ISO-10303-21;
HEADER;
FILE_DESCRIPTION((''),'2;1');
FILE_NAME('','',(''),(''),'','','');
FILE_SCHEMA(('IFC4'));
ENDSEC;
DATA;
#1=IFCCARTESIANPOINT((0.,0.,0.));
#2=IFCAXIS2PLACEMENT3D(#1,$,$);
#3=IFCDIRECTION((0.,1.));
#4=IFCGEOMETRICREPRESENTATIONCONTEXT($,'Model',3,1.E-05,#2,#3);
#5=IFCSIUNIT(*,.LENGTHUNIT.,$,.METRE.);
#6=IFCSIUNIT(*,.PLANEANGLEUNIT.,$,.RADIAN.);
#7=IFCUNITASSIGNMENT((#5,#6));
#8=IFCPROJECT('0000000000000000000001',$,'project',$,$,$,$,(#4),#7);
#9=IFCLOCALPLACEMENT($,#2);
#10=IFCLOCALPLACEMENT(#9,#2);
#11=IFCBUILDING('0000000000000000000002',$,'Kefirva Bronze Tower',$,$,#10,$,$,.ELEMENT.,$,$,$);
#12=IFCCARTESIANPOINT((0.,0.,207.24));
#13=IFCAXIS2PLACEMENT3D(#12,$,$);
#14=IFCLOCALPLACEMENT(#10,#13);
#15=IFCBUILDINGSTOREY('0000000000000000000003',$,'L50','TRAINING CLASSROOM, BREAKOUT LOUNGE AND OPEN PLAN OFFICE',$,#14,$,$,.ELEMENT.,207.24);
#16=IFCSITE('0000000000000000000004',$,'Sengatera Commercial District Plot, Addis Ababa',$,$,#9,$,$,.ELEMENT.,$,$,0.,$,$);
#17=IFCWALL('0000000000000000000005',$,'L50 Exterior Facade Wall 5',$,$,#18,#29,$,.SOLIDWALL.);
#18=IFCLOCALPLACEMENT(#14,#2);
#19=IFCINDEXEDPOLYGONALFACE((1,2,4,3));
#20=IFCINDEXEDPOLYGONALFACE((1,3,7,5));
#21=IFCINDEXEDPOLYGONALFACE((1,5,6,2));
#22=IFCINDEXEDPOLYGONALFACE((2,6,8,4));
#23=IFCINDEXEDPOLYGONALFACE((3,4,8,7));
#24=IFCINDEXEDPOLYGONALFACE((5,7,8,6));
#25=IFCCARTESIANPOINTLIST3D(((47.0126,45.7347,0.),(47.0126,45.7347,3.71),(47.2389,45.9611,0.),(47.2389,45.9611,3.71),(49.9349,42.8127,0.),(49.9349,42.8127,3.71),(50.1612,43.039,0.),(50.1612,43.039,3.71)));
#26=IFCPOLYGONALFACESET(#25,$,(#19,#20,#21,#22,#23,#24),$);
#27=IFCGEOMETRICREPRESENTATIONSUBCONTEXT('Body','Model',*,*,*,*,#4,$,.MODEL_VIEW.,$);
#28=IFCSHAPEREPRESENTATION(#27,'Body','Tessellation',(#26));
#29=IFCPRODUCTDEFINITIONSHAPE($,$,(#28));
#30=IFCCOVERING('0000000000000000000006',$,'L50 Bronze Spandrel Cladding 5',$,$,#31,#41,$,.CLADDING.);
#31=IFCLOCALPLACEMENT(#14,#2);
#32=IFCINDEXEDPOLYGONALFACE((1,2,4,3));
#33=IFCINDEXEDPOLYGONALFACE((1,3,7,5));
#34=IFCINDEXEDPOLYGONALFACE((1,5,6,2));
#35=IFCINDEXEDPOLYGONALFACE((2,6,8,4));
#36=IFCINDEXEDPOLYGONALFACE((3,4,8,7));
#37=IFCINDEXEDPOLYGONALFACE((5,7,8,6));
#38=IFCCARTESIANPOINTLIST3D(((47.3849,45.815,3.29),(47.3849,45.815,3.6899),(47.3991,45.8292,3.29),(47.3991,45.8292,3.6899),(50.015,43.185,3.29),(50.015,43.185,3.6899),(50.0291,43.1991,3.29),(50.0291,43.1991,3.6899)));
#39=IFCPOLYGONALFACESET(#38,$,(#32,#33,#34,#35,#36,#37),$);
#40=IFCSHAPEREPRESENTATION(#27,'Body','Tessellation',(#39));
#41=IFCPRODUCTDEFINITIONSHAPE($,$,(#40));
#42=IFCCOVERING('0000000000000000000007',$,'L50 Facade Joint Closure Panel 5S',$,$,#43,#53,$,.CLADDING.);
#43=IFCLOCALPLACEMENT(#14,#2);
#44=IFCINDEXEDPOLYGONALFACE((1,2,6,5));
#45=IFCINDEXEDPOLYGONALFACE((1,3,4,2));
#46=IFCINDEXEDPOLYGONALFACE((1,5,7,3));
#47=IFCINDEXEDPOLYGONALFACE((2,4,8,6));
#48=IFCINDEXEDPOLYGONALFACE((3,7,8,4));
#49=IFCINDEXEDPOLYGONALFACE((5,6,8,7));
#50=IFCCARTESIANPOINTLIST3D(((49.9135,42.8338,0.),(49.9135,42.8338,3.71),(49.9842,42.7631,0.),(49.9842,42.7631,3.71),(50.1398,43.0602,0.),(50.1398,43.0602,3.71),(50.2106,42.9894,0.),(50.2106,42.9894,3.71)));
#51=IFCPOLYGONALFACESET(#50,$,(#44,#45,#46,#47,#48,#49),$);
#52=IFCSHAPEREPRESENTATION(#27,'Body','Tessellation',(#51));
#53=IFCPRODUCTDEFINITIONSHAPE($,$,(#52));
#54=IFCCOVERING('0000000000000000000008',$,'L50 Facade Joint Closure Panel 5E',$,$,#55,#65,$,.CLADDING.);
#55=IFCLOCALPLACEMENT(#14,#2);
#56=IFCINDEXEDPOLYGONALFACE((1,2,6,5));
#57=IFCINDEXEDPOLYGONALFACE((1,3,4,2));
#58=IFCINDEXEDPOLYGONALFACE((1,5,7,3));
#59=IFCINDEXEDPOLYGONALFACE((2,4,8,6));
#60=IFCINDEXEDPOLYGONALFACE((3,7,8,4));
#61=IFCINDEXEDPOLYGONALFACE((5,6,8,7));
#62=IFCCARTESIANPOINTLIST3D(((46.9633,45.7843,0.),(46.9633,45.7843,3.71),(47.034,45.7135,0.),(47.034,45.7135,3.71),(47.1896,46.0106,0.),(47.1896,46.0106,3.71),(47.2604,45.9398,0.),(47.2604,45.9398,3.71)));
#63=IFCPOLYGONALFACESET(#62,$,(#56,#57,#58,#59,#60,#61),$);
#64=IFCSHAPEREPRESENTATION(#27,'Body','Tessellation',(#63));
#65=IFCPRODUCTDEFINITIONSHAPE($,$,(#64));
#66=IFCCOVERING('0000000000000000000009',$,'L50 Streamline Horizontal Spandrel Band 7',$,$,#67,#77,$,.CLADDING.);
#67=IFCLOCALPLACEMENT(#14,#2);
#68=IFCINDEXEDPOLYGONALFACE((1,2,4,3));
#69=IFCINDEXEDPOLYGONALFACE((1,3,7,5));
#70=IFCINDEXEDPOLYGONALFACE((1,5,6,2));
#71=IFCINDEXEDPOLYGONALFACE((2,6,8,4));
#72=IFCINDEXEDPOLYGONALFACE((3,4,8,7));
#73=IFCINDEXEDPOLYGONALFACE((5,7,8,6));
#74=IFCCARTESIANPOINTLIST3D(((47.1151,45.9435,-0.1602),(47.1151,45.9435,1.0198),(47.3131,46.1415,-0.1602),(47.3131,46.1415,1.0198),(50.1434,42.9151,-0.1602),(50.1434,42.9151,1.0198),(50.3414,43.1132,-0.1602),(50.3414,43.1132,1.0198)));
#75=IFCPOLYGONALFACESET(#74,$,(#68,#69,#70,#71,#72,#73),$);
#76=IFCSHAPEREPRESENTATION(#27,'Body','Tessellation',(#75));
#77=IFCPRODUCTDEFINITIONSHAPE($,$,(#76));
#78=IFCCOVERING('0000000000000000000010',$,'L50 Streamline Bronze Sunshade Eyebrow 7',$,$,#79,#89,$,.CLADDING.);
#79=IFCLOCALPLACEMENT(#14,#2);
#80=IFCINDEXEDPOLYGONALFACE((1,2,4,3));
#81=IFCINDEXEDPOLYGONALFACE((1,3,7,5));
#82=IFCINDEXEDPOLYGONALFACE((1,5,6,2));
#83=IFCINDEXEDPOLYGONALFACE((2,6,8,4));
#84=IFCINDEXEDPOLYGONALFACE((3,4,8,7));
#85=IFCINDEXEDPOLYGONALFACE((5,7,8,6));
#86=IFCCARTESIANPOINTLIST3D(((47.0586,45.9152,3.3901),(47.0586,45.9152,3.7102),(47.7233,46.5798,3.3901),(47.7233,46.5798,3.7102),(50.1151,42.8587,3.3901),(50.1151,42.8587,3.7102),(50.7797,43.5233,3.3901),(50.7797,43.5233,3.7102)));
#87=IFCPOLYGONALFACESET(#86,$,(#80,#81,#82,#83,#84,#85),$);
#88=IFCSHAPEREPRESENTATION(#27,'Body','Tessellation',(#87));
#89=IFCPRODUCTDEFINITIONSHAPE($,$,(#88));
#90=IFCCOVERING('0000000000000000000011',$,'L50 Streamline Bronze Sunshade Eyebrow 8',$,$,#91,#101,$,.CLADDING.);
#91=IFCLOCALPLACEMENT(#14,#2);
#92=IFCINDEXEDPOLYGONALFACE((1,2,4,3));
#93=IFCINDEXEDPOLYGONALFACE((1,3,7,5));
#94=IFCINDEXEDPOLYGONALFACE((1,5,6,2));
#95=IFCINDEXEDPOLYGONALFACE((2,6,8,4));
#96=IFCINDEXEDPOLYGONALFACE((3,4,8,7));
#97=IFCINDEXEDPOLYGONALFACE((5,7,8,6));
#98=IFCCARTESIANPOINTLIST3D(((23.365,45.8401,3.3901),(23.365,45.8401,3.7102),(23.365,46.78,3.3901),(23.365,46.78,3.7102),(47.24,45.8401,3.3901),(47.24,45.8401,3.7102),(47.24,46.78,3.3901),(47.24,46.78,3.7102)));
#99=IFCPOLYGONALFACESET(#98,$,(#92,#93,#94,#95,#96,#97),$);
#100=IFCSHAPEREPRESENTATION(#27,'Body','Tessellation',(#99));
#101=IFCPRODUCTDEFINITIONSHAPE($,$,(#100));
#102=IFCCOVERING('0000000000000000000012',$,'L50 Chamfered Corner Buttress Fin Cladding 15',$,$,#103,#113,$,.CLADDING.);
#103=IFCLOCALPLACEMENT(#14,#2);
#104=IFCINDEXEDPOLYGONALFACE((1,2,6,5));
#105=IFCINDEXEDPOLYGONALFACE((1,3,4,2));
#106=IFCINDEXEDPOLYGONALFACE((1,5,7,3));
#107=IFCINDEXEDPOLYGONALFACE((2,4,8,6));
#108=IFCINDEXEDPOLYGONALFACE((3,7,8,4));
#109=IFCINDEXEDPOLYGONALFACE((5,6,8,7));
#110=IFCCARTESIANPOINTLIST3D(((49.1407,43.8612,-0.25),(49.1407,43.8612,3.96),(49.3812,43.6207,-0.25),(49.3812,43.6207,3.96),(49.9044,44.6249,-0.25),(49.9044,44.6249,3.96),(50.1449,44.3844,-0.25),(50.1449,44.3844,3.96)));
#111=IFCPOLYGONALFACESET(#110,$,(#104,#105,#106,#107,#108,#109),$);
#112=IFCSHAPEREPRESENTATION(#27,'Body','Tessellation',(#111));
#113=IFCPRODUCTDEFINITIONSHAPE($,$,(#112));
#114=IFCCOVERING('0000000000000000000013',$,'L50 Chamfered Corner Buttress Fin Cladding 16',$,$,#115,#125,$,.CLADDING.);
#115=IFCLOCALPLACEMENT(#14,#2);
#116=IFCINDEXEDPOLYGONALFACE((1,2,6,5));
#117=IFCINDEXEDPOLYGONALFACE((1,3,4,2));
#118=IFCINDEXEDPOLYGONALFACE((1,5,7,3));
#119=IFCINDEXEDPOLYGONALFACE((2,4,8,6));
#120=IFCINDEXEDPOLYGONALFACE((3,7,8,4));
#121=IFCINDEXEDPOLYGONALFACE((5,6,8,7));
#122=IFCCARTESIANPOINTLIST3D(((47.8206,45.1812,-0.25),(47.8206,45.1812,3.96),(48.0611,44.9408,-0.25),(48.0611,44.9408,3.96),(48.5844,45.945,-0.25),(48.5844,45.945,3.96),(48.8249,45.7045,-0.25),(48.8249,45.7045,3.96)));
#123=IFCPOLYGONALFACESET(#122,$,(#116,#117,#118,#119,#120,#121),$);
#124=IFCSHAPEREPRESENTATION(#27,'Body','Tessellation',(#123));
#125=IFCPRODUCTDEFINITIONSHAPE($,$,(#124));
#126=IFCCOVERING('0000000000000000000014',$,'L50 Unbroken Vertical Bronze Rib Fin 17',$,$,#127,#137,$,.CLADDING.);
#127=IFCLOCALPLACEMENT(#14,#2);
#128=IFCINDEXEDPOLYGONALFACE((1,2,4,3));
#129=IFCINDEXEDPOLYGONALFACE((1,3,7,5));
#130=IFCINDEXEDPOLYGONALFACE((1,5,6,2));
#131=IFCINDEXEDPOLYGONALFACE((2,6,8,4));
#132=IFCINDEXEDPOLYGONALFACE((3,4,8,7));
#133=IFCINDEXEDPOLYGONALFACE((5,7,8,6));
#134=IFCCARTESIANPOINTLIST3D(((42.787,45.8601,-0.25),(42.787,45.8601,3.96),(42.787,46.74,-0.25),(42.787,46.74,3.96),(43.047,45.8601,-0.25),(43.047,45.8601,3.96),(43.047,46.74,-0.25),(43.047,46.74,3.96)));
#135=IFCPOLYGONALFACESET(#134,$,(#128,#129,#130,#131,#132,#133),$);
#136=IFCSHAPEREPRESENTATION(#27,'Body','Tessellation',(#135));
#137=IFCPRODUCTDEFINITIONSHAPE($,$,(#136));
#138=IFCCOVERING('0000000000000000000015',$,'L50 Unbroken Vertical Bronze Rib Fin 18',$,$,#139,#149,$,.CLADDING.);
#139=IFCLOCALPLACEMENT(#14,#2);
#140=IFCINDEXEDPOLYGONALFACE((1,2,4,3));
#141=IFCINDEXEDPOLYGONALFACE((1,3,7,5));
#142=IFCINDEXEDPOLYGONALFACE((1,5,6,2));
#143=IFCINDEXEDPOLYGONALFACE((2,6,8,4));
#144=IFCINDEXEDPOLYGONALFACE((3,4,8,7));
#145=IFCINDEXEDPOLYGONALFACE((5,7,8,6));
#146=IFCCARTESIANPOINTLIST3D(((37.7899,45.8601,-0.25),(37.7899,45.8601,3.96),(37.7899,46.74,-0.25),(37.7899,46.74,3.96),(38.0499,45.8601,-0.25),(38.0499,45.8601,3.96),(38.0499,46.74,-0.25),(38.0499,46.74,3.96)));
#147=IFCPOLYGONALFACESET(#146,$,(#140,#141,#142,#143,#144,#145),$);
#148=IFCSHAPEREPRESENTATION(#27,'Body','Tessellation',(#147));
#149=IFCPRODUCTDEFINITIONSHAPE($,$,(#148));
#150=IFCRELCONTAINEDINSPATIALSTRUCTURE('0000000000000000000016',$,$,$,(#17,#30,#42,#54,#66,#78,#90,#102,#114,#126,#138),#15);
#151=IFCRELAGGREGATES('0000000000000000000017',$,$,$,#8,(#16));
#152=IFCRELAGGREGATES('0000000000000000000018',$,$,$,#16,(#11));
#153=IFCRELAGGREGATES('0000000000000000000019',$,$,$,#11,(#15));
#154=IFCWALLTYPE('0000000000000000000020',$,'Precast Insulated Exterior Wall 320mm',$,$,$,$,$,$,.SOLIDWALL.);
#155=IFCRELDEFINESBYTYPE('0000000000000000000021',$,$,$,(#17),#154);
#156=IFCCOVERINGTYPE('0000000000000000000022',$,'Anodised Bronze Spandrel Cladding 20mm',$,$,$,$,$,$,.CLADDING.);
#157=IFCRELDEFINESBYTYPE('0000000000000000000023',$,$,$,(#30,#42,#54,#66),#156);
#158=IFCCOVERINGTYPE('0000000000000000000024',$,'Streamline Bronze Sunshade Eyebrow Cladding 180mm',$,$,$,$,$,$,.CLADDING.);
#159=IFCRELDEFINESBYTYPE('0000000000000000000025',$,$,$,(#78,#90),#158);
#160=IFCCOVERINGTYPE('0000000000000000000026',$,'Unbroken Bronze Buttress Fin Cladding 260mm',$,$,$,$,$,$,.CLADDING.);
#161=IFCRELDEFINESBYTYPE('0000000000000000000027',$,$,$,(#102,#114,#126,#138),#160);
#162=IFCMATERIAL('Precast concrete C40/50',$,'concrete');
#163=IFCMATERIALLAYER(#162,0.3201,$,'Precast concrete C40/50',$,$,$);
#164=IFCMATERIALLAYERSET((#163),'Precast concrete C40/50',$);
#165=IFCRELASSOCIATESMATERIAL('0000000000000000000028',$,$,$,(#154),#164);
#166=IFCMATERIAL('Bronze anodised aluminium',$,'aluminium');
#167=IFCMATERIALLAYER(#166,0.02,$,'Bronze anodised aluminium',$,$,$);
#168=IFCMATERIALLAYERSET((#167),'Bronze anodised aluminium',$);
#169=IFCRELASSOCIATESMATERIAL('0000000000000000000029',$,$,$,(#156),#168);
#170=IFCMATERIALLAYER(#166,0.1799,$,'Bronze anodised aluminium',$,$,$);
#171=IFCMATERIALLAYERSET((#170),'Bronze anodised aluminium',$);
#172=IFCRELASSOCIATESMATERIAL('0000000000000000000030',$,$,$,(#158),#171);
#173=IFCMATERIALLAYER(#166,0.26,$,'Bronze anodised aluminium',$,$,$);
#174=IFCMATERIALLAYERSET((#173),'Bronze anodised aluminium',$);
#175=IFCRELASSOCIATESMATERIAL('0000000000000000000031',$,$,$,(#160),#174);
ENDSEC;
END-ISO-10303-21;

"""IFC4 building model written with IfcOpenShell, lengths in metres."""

from ifc_helpers import new_model, si_unit, direction, frame, frame_2d, origin, origin_2d, place, context, subcontext, project, spatial, rectangle, extrude, material, layer, layer_set, type_object, element, save


model = new_model("IFC4")

# Units and contexts
model_context = context("Model", 3, precision=1e-05, world=origin(), true_north=direction((0.0, 1.0)))
body_context = subcontext(model_context, "Body", "Model", "MODEL_VIEW")
ifc_project = project(units=[si_unit("LENGTHUNIT", "METRE"), si_unit("PLANEANGLEUNIT", "RADIAN")], contexts=[model_context])

# Site, building, storey
site_placement = place(None, origin())
site = spatial("IfcSite", under=ifc_project, at=site_placement, Name="Sengatera Commercial District Plot, Addis Ababa", CompositionType="ELEMENT", RefElevation=0.0)
building_placement = place(site_placement, origin())
building = spatial("IfcBuilding", under=site, at=building_placement, Name="Kefirva Bronze Tower", CompositionType="ELEMENT")
storey_placement = place(building_placement, frame((0.0, 0.0, 207.24)))
storey = spatial("IfcBuildingStorey", under=building, at=storey_placement, Name="L50", Description="TRAINING CLASSROOM, BREAKOUT LOUNGE AND OPEN PLAN OFFICE", CompositionType="ELEMENT", Elevation=207.24)

# Shared definitions
ifc_material_1 = material(Name="Bronze anodised aluminium", Category="aluminium")

# Wall
ifc_material_2 = material(Name="Precast concrete C40/50", Category="concrete")
ifc_layer_1 = layer(ifc_material_2, 0.3201, Name="Precast concrete C40/50")
ifc_layer_set_1 = layer_set([ifc_layer_1], Name="Precast concrete C40/50")
wall_type = type_object("IfcWallType", Name="Precast Insulated Exterior Wall 320mm", PredefinedType="SOLIDWALL", material=ifc_layer_set_1)
wall_placement = place(storey_placement, frame((50.0481, 42.9258, 0.0), z_axis=(0.0, 0.0, 1.0), x_axis=(-0.707136, 0.707077, 0.0)))
element("IfcWall", 1, at=wall_placement, inside=storey, type_object=wall_type, Name="L50 Exterior Facade Wall 5", PredefinedType="SOLIDWALL", context=body_context, shape_type="SweptSolid", body=[
    extrude(rectangle(XDim=4.1326, YDim=0.3201, at=frame_2d((2.0664, 0.0))), origin(), (0.0, 0.0, 1.0), 3.71),
])

# Coverings
ifc_layer_2 = layer(ifc_material_1, 0.02, Name="Bronze anodised aluminium")
ifc_layer_set_2 = layer_set([ifc_layer_2], Name="Bronze anodised aluminium")
covering_type_1 = type_object("IfcCoveringType", Name="Anodised Bronze Spandrel Cladding 20mm", PredefinedType="CLADDING", material=ifc_layer_set_2)
covering_1_placement = place(storey_placement, frame((48.707, 44.5071, 3.29), z_axis=(0.0, 0.0, 1.0), x_axis=(-0.707107, 0.707107, 0.0)))
element("IfcCovering", 2, at=covering_1_placement, inside=storey, type_object=covering_type_1, Name="L50 Bronze Spandrel Cladding 5", PredefinedType="CLADDING", context=body_context, shape_type="SweptSolid", body=[
    extrude(rectangle(XDim=3.7195, YDim=0.02, at=origin_2d()), origin(), (0.0, 0.0, 1.0), 0.3999),
])
for number, where, z_axis, x_axis, name in (
    (3, (50.062, 42.9116, 0.0), (0.0, 0.0, 1.0), (-0.707107, 0.707107, 0.0), "L50 Facade Joint Closure Panel 5S"),
    (4, (47.1118, 45.8621, 0.0), (0.0, 0.0, 1.0), (-0.707107, 0.707107, 0.0), "L50 Facade Joint Closure Panel 5E"),
):
    element("IfcCovering", number, at=place(storey_placement, frame(where, z_axis=z_axis, x_axis=x_axis)), inside=storey, type_object=covering_type_1, Name=name, PredefinedType="CLADDING", context=body_context, shape_type="SweptSolid", body=[
        extrude(rectangle(XDim=0.1001, YDim=0.3201, at=origin_2d()), origin(), (0.0, 0.0, 1.0), 3.71),
    ])
covering_2_placement = place(storey_placement, frame((48.7283, 44.5283, -0.1602), z_axis=(0.0, 0.0, 1.0), x_axis=(-0.707107, 0.707107, 0.0)))
element("IfcCovering", 5, at=covering_2_placement, inside=storey, type_object=covering_type_1, Name="L50 Streamline Horizontal Spandrel Band 7", PredefinedType="CLADDING", context=body_context, shape_type="SweptSolid", body=[
    extrude(rectangle(XDim=4.2827, YDim=0.28, at=origin_2d()), origin(), (0.0, 0.0, 1.0), 1.1799),
])
ifc_layer_3 = layer(ifc_material_1, 0.1799, Name="Bronze anodised aluminium")
ifc_layer_set_3 = layer_set([ifc_layer_3], Name="Bronze anodised aluminium")
covering_type_2 = type_object("IfcCoveringType", Name="Streamline Bronze Sunshade Eyebrow Cladding 180mm", PredefinedType="CLADDING", material=ifc_layer_set_3)
covering_3_placement = place(storey_placement, frame((48.9192, 44.7192, 3.3901), z_axis=(0.0, 0.0, 1.0), x_axis=(-0.707107, 0.707107, 0.0)))
element("IfcCovering", 6, at=covering_3_placement, inside=storey, type_object=covering_type_2, Name="L50 Streamline Bronze Sunshade Eyebrow 7", PredefinedType="CLADDING", context=body_context, shape_type="SweptSolid", body=[
    extrude(rectangle(XDim=4.3225, YDim=0.9399, at=origin_2d()), origin(), (0.0, 0.0, 1.0), 0.3201),
])
covering_4_placement = place(storey_placement, frame((35.3025, 46.3101, 3.3901), z_axis=(0.0, 0.0, 1.0), x_axis=(-1.0, 0.0, 0.0)))
element("IfcCovering", 7, at=covering_4_placement, inside=storey, type_object=covering_type_2, Name="L50 Streamline Bronze Sunshade Eyebrow 8", PredefinedType="CLADDING", context=body_context, shape_type="SweptSolid", body=[
    extrude(rectangle(XDim=23.875, YDim=0.9399, at=origin_2d()), origin(), (0.0, 0.0, 1.0), 0.3201),
])
ifc_layer_4 = layer(ifc_material_1, 0.26, Name="Bronze anodised aluminium")
ifc_layer_set_4 = layer_set([ifc_layer_4], Name="Bronze anodised aluminium")
covering_type_3 = type_object("IfcCoveringType", Name="Unbroken Bronze Buttress Fin Cladding 260mm", PredefinedType="CLADDING", material=ifc_layer_set_4)
for number, where, z_axis, x_axis, name in (
    (8, (49.6428, 44.1228, -0.25), (0.0, 0.0, 1.0), (-0.707107, 0.707107, 0.0), "L50 Chamfered Corner Buttress Fin Cladding 15"),
    (9, (48.3228, 45.4429, -0.25), (0.0, 0.0, 1.0), (-0.707107, 0.707107, 0.0), "L50 Chamfered Corner Buttress Fin Cladding 16"),
):
    element("IfcCovering", number, at=place(storey_placement, frame(where, z_axis=z_axis, x_axis=x_axis)), inside=storey, type_object=covering_type_3, Name=name, PredefinedType="CLADDING", context=body_context, shape_type="SweptSolid", body=[
        extrude(rectangle(XDim=0.3401, YDim=1.0801, at=origin_2d()), origin(), (0.0, 0.0, 1.0), 4.21),
    ])
for number, where, z_axis, x_axis, name in (
    (10, (42.917, 46.3, -0.25), (0.0, 0.0, 1.0), (-1.0, 0.0, 0.0), "L50 Unbroken Vertical Bronze Rib Fin 17"),
    (11, (37.9199, 46.3, -0.25), (0.0, 0.0, 1.0), (-1.0, 0.0, 0.0), "L50 Unbroken Vertical Bronze Rib Fin 18"),
):
    element("IfcCovering", number, at=place(storey_placement, frame(where, z_axis=z_axis, x_axis=x_axis)), inside=storey, type_object=covering_type_3, Name=name, PredefinedType="CLADDING", context=body_context, shape_type="SweptSolid", body=[
        extrude(rectangle(XDim=0.26, YDim=0.8799, at=origin_2d()), origin(), (0.0, 0.0, 1.0), 4.21),
    ])

save(model, "model.ifc")
